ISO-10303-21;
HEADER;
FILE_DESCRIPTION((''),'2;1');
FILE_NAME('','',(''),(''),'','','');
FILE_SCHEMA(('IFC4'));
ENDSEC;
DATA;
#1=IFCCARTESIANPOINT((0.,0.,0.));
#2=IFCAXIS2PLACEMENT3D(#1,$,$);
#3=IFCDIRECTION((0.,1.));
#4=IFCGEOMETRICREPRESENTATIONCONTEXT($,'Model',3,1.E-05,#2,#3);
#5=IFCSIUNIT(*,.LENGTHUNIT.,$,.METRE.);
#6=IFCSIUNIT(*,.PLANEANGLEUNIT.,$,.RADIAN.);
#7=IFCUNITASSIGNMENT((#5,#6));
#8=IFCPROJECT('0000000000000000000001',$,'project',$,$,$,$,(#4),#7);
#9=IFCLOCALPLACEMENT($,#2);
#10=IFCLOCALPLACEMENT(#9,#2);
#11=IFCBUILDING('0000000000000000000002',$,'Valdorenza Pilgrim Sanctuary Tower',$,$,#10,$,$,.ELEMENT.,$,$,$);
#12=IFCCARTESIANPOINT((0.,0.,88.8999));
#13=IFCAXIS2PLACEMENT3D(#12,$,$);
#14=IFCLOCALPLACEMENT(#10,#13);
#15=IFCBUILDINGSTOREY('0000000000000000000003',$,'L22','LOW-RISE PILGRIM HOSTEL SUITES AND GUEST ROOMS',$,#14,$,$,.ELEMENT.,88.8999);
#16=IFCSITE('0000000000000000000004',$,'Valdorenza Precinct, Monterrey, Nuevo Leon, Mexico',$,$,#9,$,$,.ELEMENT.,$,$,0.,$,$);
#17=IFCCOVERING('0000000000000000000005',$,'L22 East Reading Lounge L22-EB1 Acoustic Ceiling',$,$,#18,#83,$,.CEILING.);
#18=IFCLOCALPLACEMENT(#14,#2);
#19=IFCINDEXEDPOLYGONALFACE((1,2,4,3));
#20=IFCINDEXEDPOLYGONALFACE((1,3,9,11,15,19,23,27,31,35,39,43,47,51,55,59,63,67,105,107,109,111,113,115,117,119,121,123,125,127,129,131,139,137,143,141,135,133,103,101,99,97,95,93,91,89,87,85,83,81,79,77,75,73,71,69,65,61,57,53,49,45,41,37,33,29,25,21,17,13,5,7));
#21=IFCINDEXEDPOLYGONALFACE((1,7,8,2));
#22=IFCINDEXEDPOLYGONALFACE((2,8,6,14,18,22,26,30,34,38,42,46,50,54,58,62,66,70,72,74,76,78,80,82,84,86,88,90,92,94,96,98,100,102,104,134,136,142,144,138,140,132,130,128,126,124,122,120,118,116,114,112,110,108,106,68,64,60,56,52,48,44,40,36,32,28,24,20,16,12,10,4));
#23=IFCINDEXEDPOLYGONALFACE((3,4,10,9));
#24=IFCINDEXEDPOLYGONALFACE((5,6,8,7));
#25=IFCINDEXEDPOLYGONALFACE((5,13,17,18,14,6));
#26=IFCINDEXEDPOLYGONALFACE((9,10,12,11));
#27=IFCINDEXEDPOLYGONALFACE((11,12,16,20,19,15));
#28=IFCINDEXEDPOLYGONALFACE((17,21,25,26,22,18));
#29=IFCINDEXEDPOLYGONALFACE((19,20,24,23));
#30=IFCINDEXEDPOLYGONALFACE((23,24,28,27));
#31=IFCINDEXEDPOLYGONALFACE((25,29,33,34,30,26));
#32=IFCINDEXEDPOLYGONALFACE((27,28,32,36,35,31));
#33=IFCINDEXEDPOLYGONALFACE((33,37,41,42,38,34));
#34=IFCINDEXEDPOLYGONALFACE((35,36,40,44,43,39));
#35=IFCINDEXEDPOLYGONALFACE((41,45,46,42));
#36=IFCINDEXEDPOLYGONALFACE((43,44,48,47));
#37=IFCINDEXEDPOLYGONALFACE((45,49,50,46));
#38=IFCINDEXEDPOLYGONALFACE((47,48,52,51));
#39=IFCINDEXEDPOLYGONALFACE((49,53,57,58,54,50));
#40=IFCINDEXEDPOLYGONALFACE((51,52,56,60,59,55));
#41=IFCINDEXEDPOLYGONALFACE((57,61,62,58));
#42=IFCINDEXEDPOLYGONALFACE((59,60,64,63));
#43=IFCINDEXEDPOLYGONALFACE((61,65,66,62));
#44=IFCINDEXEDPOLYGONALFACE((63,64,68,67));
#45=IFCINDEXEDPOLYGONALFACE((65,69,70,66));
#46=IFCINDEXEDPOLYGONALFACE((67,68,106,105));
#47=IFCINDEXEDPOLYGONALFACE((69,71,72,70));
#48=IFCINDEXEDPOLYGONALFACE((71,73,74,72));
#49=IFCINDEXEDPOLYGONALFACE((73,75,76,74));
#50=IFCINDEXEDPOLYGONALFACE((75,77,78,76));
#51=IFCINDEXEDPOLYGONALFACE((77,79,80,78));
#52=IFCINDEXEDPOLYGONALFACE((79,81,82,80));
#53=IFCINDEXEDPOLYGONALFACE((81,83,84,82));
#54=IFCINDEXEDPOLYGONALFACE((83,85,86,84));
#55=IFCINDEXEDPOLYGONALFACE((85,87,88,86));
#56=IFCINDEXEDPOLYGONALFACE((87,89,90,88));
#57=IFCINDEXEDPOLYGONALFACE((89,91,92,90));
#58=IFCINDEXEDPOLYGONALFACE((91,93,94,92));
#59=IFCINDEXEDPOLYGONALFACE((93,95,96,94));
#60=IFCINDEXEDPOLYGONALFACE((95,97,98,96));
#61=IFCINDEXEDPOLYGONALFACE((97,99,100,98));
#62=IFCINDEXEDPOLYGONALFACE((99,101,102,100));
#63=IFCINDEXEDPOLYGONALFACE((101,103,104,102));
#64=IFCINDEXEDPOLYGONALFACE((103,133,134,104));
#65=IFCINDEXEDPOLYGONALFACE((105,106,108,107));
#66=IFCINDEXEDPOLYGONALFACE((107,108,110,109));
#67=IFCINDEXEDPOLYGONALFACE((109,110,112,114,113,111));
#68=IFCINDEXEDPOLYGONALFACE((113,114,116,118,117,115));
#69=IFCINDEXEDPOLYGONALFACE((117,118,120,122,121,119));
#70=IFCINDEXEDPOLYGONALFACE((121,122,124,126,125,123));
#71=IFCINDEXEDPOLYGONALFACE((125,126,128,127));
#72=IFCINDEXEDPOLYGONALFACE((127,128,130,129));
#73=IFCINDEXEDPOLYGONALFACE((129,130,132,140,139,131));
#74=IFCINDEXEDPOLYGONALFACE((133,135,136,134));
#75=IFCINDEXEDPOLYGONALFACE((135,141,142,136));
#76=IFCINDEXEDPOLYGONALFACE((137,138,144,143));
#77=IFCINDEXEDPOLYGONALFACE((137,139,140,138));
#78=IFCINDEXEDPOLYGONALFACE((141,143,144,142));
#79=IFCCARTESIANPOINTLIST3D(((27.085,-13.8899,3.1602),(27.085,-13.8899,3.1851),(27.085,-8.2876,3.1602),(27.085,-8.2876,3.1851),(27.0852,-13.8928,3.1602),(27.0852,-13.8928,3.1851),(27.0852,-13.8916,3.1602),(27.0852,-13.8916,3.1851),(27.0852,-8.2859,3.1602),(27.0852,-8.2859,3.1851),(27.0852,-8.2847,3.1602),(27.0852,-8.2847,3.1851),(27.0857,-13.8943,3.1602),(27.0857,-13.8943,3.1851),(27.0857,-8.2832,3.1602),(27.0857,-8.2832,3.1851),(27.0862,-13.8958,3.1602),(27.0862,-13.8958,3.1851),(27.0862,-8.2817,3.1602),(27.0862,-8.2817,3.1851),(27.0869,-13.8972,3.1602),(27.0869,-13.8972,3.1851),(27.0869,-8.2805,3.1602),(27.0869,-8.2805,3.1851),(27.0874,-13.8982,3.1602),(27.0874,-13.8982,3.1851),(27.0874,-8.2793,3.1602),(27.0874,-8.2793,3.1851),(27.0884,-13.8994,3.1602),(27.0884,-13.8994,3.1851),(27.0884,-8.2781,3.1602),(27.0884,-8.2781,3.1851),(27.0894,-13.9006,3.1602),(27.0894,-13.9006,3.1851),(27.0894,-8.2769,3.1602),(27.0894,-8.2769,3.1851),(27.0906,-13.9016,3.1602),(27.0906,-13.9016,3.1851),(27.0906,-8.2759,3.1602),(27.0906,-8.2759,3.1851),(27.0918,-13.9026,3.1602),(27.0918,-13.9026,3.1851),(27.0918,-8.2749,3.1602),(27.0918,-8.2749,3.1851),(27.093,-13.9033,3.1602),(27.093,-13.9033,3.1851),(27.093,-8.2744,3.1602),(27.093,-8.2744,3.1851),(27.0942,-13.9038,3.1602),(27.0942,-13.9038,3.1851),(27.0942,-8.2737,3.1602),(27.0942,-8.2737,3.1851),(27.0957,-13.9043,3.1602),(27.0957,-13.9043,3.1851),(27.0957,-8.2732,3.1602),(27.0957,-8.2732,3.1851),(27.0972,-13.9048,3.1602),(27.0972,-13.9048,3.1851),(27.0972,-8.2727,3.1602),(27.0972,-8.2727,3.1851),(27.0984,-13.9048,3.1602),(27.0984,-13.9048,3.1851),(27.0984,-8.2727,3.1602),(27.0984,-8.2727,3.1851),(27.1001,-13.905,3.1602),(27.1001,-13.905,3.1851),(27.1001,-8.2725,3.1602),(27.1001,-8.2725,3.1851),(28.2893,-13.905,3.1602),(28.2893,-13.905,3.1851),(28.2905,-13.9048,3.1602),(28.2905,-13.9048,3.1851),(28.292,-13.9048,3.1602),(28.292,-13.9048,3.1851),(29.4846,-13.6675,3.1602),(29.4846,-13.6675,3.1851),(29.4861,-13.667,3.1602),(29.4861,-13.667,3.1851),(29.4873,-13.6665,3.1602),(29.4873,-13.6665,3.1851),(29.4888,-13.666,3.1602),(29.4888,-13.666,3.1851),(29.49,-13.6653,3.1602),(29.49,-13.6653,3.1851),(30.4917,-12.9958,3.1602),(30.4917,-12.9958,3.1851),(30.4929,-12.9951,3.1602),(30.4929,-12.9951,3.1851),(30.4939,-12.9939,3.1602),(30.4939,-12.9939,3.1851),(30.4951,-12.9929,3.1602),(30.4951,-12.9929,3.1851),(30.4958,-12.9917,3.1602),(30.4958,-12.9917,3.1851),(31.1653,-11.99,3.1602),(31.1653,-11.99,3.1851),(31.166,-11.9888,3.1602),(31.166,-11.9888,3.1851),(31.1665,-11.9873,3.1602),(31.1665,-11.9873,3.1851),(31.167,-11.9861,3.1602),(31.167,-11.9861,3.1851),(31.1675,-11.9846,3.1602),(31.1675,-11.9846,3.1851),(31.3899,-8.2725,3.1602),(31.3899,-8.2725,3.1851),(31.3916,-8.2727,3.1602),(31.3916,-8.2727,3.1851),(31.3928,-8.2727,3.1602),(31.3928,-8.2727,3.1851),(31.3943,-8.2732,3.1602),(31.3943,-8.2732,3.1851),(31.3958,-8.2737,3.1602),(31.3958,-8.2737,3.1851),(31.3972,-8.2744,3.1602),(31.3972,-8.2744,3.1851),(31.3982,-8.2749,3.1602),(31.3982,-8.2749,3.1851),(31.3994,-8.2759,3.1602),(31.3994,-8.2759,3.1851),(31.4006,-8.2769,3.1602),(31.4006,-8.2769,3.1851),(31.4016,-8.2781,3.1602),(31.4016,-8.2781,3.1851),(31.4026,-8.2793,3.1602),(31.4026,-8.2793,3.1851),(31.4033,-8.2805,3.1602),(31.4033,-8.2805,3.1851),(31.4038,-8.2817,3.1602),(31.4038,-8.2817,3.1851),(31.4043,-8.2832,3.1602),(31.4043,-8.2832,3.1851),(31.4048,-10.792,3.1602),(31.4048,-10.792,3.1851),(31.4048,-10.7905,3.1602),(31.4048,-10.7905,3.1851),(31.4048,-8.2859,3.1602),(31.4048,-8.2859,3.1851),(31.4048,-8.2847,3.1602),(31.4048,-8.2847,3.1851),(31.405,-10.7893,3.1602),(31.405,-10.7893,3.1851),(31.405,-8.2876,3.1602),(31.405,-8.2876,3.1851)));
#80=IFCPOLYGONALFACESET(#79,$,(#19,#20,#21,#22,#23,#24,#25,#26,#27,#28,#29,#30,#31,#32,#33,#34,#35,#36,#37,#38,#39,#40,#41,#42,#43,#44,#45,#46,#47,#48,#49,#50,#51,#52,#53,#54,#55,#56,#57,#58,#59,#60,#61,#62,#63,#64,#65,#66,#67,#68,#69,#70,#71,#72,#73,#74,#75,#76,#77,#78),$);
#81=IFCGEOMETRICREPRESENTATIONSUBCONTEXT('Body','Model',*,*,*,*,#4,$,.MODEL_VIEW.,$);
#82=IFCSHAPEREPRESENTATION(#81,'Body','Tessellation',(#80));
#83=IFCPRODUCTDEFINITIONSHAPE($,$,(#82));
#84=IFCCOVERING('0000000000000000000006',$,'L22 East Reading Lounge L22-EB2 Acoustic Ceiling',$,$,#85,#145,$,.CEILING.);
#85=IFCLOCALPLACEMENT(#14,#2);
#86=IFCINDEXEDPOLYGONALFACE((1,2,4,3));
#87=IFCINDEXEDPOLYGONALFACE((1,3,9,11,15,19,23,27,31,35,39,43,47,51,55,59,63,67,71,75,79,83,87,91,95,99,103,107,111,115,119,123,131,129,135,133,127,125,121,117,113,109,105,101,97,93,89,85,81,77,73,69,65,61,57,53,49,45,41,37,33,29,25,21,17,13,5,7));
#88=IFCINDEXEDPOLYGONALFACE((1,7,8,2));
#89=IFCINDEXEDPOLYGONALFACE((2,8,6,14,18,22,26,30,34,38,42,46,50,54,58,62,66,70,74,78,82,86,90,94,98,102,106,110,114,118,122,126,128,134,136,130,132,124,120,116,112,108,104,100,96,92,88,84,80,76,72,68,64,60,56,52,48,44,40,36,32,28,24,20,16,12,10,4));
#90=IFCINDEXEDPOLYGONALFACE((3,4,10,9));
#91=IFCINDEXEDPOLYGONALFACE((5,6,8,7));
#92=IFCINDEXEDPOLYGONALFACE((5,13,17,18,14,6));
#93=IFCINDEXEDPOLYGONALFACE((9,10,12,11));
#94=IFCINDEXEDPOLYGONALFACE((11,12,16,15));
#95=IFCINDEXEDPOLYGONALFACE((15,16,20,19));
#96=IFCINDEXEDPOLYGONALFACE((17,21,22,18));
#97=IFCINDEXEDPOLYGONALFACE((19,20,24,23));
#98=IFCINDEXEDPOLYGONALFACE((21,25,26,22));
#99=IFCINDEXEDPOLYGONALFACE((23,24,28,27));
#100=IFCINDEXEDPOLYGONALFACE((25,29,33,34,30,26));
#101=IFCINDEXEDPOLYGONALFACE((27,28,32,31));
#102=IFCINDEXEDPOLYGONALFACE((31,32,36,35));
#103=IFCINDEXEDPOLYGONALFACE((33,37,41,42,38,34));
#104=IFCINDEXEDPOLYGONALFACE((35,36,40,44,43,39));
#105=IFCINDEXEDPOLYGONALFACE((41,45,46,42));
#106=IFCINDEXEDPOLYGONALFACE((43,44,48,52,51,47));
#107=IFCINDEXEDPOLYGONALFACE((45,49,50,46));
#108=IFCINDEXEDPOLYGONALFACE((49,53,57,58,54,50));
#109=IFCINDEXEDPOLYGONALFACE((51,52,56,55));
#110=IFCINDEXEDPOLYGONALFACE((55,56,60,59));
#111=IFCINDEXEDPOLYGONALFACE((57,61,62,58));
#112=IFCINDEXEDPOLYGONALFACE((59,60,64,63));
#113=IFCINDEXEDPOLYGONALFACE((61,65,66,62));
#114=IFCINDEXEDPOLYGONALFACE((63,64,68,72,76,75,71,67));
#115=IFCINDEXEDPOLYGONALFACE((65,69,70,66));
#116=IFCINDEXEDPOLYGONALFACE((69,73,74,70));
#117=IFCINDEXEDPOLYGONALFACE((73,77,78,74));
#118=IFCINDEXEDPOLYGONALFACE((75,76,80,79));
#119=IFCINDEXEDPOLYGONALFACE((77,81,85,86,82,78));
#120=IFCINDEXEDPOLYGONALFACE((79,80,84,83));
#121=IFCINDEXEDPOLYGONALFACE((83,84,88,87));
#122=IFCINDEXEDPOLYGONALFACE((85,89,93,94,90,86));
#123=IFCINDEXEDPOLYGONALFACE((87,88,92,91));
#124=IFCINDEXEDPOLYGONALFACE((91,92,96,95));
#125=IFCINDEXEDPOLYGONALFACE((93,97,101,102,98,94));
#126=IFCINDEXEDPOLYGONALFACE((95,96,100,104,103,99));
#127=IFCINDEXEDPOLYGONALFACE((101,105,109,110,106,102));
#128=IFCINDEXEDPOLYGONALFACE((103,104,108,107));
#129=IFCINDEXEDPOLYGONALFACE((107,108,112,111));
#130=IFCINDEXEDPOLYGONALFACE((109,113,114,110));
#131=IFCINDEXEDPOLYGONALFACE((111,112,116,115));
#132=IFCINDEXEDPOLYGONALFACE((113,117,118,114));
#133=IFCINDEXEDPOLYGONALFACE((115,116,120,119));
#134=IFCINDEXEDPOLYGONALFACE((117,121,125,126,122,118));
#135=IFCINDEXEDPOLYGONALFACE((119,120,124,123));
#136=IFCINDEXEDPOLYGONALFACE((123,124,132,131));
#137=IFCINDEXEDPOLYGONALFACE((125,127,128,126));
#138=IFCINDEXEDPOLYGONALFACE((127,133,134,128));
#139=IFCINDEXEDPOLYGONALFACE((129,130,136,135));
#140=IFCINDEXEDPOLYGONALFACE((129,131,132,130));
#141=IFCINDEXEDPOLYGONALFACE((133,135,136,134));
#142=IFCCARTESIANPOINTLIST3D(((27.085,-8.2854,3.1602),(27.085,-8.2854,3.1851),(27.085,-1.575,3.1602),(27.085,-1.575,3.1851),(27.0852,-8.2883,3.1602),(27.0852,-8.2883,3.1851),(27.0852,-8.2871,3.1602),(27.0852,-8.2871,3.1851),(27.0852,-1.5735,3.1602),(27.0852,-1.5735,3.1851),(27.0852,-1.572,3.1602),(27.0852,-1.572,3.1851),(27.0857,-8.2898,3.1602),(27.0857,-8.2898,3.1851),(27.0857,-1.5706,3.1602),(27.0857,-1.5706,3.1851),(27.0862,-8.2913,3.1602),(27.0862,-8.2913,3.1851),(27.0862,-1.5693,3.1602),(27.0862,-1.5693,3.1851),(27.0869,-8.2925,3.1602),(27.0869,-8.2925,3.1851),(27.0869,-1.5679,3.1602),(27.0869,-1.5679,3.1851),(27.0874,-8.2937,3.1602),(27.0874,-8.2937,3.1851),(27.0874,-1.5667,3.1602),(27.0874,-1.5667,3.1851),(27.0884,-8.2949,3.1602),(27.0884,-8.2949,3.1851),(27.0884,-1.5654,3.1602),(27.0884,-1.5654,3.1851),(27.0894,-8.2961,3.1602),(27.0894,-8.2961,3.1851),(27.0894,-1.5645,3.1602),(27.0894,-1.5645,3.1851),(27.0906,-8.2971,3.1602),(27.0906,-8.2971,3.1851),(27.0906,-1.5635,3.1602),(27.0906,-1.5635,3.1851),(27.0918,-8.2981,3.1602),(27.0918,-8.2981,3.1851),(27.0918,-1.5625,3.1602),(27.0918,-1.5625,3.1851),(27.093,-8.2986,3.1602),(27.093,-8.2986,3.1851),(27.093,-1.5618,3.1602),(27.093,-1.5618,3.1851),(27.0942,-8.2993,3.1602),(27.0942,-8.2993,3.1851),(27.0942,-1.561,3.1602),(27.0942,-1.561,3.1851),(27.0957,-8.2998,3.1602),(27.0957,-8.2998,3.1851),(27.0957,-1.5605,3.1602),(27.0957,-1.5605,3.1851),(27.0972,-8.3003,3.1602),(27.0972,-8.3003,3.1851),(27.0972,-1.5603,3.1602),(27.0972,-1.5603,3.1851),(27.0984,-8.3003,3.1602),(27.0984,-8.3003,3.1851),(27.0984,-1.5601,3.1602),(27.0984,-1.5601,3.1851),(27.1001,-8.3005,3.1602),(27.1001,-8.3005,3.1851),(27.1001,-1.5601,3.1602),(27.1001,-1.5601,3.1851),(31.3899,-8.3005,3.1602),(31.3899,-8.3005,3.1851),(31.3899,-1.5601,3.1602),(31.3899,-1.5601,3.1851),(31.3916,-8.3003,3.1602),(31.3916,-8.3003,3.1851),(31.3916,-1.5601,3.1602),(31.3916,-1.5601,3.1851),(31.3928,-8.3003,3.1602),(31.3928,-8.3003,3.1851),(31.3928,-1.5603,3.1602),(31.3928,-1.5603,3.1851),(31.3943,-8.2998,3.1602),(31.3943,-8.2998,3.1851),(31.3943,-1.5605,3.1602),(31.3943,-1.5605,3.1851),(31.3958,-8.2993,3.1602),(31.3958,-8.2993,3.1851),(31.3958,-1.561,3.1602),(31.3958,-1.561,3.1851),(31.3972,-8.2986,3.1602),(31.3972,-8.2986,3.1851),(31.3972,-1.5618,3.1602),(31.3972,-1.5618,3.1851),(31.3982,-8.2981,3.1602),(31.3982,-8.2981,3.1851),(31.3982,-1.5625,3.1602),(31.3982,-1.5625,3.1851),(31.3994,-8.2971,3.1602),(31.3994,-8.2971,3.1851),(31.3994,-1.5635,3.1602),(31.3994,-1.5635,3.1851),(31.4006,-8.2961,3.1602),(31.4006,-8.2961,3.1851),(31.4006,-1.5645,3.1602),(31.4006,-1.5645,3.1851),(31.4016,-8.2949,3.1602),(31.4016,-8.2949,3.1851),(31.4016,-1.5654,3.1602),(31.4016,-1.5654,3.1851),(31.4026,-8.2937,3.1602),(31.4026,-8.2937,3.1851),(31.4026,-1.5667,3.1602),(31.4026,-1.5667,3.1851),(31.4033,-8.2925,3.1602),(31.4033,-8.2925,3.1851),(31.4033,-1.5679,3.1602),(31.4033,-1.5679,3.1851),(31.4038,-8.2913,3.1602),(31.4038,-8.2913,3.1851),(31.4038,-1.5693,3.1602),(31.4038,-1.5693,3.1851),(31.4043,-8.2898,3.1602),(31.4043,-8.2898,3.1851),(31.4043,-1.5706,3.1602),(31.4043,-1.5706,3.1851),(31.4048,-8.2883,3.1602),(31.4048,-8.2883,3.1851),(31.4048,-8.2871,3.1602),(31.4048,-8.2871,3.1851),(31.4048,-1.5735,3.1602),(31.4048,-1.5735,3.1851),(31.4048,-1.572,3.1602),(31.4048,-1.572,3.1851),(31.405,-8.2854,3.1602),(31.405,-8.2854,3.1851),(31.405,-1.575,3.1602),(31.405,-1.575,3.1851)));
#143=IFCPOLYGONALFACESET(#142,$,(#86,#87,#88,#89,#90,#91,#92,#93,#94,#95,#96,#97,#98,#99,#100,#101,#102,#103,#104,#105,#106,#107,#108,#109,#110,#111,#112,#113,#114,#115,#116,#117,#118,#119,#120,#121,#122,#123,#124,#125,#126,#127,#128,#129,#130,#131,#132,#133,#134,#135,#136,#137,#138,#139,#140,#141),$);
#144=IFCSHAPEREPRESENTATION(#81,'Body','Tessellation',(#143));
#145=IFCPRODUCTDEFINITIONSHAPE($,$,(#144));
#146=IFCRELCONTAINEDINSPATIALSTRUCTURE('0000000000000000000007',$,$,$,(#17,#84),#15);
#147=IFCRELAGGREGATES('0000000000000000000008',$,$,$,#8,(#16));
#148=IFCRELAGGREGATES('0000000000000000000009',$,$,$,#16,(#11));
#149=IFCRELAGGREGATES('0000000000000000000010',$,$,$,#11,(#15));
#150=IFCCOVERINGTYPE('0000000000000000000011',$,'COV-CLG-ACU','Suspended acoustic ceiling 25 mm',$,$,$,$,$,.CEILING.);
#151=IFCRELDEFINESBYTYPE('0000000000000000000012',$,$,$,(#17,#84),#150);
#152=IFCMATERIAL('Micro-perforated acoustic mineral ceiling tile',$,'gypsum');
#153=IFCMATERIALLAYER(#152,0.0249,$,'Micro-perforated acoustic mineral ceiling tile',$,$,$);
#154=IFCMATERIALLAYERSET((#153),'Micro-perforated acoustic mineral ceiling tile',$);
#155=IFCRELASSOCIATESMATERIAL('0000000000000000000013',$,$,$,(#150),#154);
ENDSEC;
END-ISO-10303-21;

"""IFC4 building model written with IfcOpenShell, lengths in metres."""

from ifc_helpers import new_model, si_unit, direction, frame, origin, place, context, subcontext, project, spatial, polyline, outline, extrude, material, layer, layer_set, type_object, element, save


model = new_model("IFC4")

# Units and contexts
model_context = context("Model", 3, precision=1e-05, world=origin(), true_north=direction((0.0, 1.0)))
body_context = subcontext(model_context, "Body", "Model", "MODEL_VIEW")
ifc_project = project(units=[si_unit("LENGTHUNIT", "METRE"), si_unit("PLANEANGLEUNIT", "RADIAN")], contexts=[model_context])

# Site, building, storey
site_placement = place(None, origin())
site = spatial("IfcSite", under=ifc_project, at=site_placement, Name="Valdorenza Precinct, Monterrey, Nuevo Leon, Mexico", CompositionType="ELEMENT", RefElevation=0.0)
building_placement = place(site_placement, origin())
building = spatial("IfcBuilding", under=site, at=building_placement, Name="Valdorenza Pilgrim Sanctuary Tower", CompositionType="ELEMENT")
storey_placement = place(building_placement, frame((0.0, 0.0, 88.8999)))
storey = spatial("IfcBuildingStorey", under=building, at=storey_placement, Name="L22", Description="LOW-RISE PILGRIM HOSTEL SUITES AND GUEST ROOMS", CompositionType="ELEMENT", Elevation=88.8999)

# Coverings
ifc_material_1 = material(Name="Micro-perforated acoustic mineral ceiling tile", Category="gypsum")
ifc_layer_1 = layer(ifc_material_1, 0.0249, Name="Micro-perforated acoustic mineral ceiling tile")
ifc_layer_set_1 = layer_set([ifc_layer_1], Name="Micro-perforated acoustic mineral ceiling tile")
covering_type_1 = type_object("IfcCoveringType", Name="COV-CLG-ACU", Description="Suspended acoustic ceiling 25 mm", PredefinedType="CEILING", material=ifc_layer_set_1)
covering_1_placement = place(storey_placement, frame((0.0, 0.0, 3.1602)))
element("IfcCovering", 1, at=covering_1_placement, inside=storey, type_object=covering_type_1, Name="L22 East Reading Lounge L22-EB1 Acoustic Ceiling", PredefinedType="CEILING", context=body_context, shape_type="SweptSolid", body=[
    extrude(outline(polyline([(31.3899, -8.2725), (31.3916, -8.2727), (31.3928, -8.2727), (31.3943, -8.2732), (31.3958, -8.2737), (31.3972, -8.2744), (31.3982, -8.2749), (31.3994, -8.2759), (31.4006, -8.2769), (31.4016, -8.2781), (31.4026, -8.2793), (31.4033, -8.2805), (31.4038, -8.2817), (31.4043, -8.2832), (31.4048, -8.2847), (31.4048, -8.2859), (31.405, -8.2876), (31.405, -10.7893), (31.4048, -10.7905), (31.4048, -10.792), (31.1675, -11.9846), (31.167, -11.9861), (31.1665, -11.9873), (31.166, -11.9888), (31.1653, -11.99), (30.4958, -12.9917), (30.4951, -12.9929), (30.4939, -12.9939), (30.4929, -12.9951), (30.4917, -12.9958), (29.49, -13.6653), (29.4888, -13.666), (29.4873, -13.6665), (29.4861, -13.667), (29.4846, -13.6675), (28.292, -13.9048), (28.2905, -13.9048), (28.2893, -13.905), (27.1001, -13.905), (27.0984, -13.9048), (27.0972, -13.9048), (27.0957, -13.9043), (27.0942, -13.9038), (27.093, -13.9033), (27.0918, -13.9026), (27.0906, -13.9016), (27.0894, -13.9006), (27.0884, -13.8994), (27.0874, -13.8982), (27.0869, -13.8972), (27.0862, -13.8958), (27.0857, -13.8943), (27.0852, -13.8928), (27.0852, -13.8916), (27.085, -13.8899), (27.085, -8.2876), (27.0852, -8.2859), (27.0852, -8.2847), (27.0857, -8.2832), (27.0862, -8.2817), (27.0869, -8.2805), (27.0874, -8.2793), (27.0884, -8.2781), (27.0894, -8.2769), (27.0906, -8.2759), (27.0918, -8.2749), (27.093, -8.2744), (27.0942, -8.2737), (27.0957, -8.2732), (27.0972, -8.2727), (27.0984, -8.2727), (27.1001, -8.2725), (31.3899, -8.2725)])), origin(), (0.0, 0.0, 1.0), 0.0249),
])
covering_2_placement = place(storey_placement, frame((0.0, 0.0, 3.1602)))
element("IfcCovering", 2, at=covering_2_placement, inside=storey, type_object=covering_type_1, Name="L22 East Reading Lounge L22-EB2 Acoustic Ceiling", PredefinedType="CEILING", context=body_context, shape_type="SweptSolid", body=[
    extrude(outline(polyline([(27.085, -1.575), (27.0852, -1.5735), (27.0852, -1.572), (27.0857, -1.5706), (27.0862, -1.5693), (27.0869, -1.5679), (27.0874, -1.5667), (27.0884, -1.5654), (27.0894, -1.5645), (27.0906, -1.5635), (27.0918, -1.5625), (27.093, -1.5618), (27.0942, -1.561), (27.0957, -1.5605), (27.0972, -1.5603), (27.0984, -1.5601), (27.1001, -1.5601), (31.3899, -1.5601), (31.3916, -1.5601), (31.3928, -1.5603), (31.3943, -1.5605), (31.3958, -1.561), (31.3972, -1.5618), (31.3982, -1.5625), (31.3994, -1.5635), (31.4006, -1.5645), (31.4016, -1.5654), (31.4026, -1.5667), (31.4033, -1.5679), (31.4038, -1.5693), (31.4043, -1.5706), (31.4048, -1.572), (31.4048, -1.5735), (31.405, -1.575), (31.405, -8.2854), (31.4048, -8.2871), (31.4048, -8.2883), (31.4043, -8.2898), (31.4038, -8.2913), (31.4033, -8.2925), (31.4026, -8.2937), (31.4016, -8.2949), (31.4006, -8.2961), (31.3994, -8.2971), (31.3982, -8.2981), (31.3972, -8.2986), (31.3958, -8.2993), (31.3943, -8.2998), (31.3928, -8.3003), (31.3916, -8.3003), (31.3899, -8.3005), (27.1001, -8.3005), (27.0984, -8.3003), (27.0972, -8.3003), (27.0957, -8.2998), (27.0942, -8.2993), (27.093, -8.2986), (27.0918, -8.2981), (27.0906, -8.2971), (27.0894, -8.2961), (27.0884, -8.2949), (27.0874, -8.2937), (27.0869, -8.2925), (27.0862, -8.2913), (27.0857, -8.2898), (27.0852, -8.2883), (27.0852, -8.2871), (27.085, -8.2854), (27.085, -1.575)])), origin(), (0.0, 0.0, 1.0), 0.0249),
])

save(model, "model.ifc")
